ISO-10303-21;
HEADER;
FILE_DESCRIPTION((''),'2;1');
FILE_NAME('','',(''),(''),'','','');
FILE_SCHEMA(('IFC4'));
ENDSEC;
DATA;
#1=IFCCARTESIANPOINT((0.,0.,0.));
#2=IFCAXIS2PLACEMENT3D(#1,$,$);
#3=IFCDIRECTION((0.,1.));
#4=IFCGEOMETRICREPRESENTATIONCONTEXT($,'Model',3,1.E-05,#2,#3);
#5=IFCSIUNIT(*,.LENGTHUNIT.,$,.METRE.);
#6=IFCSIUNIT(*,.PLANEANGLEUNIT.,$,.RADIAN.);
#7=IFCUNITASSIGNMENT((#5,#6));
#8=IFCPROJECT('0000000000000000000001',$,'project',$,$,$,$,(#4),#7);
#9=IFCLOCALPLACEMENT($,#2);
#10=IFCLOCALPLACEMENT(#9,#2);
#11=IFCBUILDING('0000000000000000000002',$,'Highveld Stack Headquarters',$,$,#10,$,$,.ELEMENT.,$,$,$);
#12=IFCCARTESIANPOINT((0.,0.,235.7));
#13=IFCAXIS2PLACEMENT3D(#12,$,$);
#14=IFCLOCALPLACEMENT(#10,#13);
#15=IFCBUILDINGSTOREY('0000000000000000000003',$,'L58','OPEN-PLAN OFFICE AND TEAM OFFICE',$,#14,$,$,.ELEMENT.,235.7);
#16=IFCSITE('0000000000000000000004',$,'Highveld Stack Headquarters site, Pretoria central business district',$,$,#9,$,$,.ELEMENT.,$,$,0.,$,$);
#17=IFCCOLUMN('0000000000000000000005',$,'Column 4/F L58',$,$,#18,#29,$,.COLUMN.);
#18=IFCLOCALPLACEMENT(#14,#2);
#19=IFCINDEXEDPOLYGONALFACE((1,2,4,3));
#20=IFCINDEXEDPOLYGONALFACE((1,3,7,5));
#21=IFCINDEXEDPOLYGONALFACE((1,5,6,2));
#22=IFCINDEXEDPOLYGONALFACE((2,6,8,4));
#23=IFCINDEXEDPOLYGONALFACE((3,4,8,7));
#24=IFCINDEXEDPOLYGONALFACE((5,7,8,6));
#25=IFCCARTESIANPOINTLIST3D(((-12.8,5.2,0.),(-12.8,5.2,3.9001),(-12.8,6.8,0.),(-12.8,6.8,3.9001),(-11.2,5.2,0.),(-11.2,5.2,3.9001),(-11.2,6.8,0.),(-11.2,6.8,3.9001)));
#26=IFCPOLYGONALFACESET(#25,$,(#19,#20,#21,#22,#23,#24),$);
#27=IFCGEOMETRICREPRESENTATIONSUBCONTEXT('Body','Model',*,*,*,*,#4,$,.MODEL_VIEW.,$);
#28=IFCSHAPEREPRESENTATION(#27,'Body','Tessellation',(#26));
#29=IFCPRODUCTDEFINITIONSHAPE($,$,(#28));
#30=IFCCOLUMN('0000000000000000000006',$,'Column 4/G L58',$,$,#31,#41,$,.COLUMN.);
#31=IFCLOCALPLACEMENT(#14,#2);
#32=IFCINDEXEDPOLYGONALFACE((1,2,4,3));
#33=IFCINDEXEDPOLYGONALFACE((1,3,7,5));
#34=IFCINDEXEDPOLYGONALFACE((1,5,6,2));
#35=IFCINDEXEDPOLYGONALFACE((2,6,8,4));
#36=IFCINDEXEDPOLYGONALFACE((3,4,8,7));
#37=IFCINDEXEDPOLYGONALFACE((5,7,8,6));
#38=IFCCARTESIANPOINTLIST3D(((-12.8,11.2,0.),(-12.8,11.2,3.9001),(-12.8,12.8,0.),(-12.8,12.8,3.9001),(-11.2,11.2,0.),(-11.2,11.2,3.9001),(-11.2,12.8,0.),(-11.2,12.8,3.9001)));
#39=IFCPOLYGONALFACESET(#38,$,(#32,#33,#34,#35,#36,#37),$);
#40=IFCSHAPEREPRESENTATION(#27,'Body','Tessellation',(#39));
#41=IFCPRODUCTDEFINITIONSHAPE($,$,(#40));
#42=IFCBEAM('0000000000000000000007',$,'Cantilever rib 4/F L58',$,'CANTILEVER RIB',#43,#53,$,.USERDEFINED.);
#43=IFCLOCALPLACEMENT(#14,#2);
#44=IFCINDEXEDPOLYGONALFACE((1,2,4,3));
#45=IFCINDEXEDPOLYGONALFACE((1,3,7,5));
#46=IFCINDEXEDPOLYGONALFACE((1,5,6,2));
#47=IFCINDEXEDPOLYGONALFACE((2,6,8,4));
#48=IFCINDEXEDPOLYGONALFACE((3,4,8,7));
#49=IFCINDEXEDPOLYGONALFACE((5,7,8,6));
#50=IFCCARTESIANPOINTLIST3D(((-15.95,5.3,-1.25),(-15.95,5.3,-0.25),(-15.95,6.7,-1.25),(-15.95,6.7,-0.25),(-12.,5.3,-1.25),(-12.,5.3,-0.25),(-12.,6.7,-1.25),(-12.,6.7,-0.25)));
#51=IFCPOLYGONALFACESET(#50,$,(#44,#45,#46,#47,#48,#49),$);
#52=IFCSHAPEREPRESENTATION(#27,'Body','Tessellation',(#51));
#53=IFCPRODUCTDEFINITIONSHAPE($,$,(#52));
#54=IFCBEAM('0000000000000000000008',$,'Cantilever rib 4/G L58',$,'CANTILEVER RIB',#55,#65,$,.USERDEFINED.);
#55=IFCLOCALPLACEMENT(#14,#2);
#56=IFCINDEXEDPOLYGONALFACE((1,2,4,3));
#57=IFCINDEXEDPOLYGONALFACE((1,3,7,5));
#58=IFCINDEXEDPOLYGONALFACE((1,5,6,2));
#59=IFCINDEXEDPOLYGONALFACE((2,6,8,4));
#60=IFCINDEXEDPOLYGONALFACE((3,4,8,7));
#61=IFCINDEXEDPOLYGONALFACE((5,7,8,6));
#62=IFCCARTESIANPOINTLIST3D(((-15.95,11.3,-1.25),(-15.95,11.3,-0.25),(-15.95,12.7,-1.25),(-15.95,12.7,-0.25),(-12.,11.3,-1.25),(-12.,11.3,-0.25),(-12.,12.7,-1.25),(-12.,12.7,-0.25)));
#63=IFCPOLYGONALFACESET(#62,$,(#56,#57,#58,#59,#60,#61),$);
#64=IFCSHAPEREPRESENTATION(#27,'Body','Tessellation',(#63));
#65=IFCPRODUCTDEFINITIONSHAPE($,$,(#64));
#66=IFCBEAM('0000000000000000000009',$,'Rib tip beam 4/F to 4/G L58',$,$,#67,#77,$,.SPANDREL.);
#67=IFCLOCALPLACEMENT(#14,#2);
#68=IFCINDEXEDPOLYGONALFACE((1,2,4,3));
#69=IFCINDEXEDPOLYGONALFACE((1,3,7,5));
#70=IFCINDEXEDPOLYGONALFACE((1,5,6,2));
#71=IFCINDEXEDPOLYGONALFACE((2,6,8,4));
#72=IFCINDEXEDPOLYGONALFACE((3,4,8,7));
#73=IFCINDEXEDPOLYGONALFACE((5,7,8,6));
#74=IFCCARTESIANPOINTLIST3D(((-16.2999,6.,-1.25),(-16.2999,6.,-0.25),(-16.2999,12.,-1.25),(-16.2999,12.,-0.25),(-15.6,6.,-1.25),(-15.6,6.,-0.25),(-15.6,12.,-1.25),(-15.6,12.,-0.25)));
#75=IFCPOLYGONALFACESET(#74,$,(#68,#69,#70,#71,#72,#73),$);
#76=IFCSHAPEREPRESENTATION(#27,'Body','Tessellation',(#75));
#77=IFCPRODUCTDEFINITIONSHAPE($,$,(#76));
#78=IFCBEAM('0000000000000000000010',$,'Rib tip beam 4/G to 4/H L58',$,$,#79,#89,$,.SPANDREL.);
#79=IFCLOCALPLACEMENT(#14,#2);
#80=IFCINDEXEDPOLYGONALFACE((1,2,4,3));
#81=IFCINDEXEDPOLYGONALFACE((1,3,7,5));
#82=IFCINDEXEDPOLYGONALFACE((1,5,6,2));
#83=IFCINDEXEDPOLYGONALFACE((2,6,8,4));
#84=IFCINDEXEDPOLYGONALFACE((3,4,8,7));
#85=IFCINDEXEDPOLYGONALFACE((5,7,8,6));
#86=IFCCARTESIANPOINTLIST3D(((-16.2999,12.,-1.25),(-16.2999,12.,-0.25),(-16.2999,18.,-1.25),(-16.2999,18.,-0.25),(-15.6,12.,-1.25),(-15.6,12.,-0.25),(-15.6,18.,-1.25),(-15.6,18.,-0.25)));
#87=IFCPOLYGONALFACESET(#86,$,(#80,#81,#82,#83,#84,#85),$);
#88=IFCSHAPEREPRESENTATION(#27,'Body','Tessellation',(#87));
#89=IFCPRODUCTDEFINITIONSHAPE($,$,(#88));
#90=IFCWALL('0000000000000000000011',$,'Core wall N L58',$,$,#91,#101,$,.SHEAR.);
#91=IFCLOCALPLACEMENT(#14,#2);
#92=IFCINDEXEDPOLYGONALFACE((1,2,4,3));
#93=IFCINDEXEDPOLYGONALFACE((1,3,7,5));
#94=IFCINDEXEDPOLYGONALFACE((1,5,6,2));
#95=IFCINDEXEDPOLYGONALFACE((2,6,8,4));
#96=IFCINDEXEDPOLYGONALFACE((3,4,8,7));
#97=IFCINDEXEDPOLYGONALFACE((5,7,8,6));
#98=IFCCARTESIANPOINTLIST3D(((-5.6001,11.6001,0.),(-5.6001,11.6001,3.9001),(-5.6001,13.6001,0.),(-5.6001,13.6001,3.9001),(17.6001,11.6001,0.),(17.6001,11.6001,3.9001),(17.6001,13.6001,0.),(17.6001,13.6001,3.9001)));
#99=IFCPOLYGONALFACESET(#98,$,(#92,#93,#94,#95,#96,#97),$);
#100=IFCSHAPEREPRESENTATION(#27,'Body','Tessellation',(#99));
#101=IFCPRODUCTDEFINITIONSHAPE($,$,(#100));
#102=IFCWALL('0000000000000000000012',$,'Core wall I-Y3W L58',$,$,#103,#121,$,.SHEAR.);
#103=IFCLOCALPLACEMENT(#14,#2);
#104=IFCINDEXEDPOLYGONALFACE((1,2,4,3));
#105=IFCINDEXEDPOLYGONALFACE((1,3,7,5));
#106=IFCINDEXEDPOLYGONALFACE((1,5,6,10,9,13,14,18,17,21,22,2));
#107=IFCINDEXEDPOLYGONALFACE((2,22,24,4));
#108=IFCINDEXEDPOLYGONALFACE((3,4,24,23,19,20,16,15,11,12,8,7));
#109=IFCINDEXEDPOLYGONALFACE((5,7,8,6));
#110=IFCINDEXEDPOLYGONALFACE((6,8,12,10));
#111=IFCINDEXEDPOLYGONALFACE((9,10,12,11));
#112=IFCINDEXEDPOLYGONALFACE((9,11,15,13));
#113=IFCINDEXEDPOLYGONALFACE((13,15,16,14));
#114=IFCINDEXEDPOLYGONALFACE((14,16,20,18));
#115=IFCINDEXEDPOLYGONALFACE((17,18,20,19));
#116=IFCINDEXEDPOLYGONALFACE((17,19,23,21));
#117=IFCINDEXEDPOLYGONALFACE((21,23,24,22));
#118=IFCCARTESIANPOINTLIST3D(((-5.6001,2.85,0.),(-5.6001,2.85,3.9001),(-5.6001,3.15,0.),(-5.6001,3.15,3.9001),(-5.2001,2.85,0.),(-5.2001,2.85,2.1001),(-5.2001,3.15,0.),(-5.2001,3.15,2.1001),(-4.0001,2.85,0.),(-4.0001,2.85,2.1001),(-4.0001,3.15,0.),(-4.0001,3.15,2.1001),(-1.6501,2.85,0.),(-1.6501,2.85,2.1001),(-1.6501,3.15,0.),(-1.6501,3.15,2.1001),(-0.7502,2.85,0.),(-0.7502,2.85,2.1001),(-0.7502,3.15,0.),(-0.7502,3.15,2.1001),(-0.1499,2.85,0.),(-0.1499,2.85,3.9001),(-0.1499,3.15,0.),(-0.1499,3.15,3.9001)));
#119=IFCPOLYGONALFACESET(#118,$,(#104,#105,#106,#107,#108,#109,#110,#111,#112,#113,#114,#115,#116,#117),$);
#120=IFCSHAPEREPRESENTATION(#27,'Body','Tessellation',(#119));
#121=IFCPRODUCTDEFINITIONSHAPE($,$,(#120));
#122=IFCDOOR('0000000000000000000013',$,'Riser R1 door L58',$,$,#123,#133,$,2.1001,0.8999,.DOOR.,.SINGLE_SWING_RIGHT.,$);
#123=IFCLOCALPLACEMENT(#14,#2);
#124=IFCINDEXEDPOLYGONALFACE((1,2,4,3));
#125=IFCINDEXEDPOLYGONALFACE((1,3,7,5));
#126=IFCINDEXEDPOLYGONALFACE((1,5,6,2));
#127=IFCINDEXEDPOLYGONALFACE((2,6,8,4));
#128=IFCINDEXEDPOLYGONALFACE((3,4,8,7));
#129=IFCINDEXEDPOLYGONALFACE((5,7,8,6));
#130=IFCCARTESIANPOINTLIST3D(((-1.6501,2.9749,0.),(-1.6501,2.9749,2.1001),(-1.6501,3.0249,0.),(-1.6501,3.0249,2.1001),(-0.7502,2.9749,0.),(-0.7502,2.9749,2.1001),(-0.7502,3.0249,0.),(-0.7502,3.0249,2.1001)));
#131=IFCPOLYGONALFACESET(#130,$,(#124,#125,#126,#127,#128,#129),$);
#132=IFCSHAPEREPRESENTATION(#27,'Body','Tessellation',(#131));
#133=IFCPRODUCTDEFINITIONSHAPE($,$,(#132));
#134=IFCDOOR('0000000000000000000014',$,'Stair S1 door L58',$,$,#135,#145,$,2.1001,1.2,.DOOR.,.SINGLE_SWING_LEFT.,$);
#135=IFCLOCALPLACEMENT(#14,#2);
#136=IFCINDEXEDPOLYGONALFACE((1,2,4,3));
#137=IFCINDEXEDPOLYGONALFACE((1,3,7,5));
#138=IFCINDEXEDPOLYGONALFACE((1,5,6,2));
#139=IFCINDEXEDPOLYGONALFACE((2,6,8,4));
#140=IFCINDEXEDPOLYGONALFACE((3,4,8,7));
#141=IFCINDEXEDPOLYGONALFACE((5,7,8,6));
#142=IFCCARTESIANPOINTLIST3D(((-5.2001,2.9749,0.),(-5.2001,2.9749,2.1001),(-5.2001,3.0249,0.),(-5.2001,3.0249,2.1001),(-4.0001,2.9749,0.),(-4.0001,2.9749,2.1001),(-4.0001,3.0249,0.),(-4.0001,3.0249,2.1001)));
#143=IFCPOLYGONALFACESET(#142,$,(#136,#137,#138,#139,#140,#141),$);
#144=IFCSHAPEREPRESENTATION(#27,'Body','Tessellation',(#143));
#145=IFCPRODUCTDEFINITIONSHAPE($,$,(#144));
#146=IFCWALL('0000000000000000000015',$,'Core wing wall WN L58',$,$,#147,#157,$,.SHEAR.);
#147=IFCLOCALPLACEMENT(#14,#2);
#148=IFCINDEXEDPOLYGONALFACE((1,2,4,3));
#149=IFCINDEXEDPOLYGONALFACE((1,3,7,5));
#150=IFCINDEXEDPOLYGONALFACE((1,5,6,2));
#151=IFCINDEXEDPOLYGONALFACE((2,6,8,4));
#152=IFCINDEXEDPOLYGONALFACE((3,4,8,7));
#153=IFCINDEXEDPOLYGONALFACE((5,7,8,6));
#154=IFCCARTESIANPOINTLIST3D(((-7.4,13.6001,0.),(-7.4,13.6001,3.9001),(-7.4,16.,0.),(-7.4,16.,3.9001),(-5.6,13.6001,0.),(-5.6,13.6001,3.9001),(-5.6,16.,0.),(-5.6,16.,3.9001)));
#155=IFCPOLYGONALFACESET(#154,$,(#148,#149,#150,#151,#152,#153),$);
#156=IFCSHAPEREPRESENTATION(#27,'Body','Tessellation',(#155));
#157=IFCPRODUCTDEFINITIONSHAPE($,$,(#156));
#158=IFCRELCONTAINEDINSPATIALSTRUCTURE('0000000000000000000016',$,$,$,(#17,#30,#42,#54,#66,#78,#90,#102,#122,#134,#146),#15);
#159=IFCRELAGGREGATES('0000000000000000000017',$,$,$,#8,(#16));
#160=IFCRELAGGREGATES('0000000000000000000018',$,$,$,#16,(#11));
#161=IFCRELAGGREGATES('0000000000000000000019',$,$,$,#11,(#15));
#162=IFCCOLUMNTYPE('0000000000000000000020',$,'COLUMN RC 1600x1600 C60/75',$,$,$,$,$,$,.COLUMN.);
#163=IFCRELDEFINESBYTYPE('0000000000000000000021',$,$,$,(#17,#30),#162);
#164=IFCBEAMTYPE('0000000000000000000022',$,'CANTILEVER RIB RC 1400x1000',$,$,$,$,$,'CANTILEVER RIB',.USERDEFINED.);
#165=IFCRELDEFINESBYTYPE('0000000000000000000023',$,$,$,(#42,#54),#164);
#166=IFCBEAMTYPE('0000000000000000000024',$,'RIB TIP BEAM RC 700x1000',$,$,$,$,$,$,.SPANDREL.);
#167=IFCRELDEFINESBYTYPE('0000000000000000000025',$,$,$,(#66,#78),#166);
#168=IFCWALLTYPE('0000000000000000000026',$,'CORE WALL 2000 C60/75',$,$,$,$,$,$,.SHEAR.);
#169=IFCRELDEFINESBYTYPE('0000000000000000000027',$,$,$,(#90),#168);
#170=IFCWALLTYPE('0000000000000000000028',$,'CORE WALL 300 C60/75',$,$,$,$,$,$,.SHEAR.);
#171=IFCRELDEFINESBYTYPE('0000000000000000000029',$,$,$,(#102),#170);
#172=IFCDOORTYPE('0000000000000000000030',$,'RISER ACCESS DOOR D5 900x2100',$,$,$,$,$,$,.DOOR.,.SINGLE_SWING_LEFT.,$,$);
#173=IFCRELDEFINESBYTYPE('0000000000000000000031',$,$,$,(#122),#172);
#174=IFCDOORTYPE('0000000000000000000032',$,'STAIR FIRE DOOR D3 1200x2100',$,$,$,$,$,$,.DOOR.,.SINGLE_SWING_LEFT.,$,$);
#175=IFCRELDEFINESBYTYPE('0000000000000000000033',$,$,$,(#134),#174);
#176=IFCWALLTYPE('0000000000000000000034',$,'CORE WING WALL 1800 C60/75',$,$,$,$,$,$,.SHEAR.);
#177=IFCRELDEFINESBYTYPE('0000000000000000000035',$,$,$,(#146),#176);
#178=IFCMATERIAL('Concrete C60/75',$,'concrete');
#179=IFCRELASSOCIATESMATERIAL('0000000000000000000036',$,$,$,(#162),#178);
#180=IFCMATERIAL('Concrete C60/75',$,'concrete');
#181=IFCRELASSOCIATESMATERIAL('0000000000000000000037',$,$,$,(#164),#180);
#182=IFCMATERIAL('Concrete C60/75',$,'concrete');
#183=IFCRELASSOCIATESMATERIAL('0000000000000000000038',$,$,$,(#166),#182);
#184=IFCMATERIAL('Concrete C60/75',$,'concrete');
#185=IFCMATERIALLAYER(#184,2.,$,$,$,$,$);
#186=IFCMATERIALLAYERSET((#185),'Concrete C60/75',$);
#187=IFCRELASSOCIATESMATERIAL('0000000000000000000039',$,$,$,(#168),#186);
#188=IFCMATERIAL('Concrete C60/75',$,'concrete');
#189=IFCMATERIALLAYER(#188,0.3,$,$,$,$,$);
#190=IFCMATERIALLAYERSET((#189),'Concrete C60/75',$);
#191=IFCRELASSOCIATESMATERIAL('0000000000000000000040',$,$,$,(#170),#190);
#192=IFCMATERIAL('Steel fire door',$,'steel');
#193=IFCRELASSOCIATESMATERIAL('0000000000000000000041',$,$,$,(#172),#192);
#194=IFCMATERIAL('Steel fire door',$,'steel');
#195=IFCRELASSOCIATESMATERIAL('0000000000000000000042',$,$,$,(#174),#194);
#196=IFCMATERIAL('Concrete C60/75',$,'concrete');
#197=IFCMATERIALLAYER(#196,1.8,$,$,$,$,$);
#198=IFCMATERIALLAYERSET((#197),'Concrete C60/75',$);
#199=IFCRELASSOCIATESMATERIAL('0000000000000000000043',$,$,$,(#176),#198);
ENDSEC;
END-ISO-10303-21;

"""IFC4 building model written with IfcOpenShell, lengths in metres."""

from ifc_helpers import new_model, si_unit, direction, frame, frame_2d, origin, origin_2d, place, context, subcontext, project, spatial, rectangle, extrude, material, layer, layer_set, material_profile, profile_set, type_object, element, fill, save


model = new_model("IFC4")

# Units and contexts
model_context = context("Model", 3, precision=1e-05, world=origin(), true_north=direction((0.0, 1.0)))
body_context = subcontext(model_context, "Body", "Model", "MODEL_VIEW")
ifc_project = project(units=[si_unit("LENGTHUNIT", "METRE"), si_unit("PLANEANGLEUNIT", "RADIAN")], contexts=[model_context])

# Site, building, storey
site_placement = place(None, origin())
site = spatial("IfcSite", under=ifc_project, at=site_placement, Name="Highveld Stack Headquarters site, Pretoria central business district", CompositionType="ELEMENT", RefElevation=0.0)
building_placement = place(site_placement, origin())
building = spatial("IfcBuilding", under=site, at=building_placement, Name="Highveld Stack Headquarters", CompositionType="ELEMENT")
storey_placement = place(building_placement, frame((0.0, 0.0, 235.7)))
storey = spatial("IfcBuildingStorey", under=building, at=storey_placement, Name="L58", Description="OPEN-PLAN OFFICE AND TEAM OFFICE", CompositionType="ELEMENT", Elevation=235.7)

# Columns
ifc_material_1 = material(Name="Concrete C60/75", Category="concrete")
ifc_material_profile_1 = material_profile(ifc_material_1, rectangle(XDim=1.6001, YDim=1.6001, at=origin_2d()), Name="RC 1600x1600")
ifc_profile_set_1 = profile_set([ifc_material_profile_1], Name="Concrete C60/75")
column_type = type_object("IfcColumnType", Name="COLUMN RC 1600x1600 C60/75", PredefinedType="COLUMN", material=ifc_profile_set_1)
for number, where, z_axis, x_axis, name in (
    (1, (-12.0, 6.0, 0.0), (0.0, 0.0, 1.0), (1.0, 0.0, 0.0), "Column 4/F L58"),
    (2, (-12.0, 12.0, 0.0), (0.0, 0.0, 1.0), (1.0, 0.0, 0.0), "Column 4/G L58"),
):
    element("IfcColumn", number, at=place(storey_placement, frame(where, z_axis=z_axis, x_axis=x_axis)), inside=storey, type_object=column_type, Name=name, PredefinedType="COLUMN", context=body_context, shape_type="SweptSolid", body=[
        extrude(rectangle(XDim=1.6001, YDim=1.6001, at=origin_2d()), origin(), (0.0, 0.0, 1.0), 3.9001),
    ])

# Beams
ifc_material_2 = material(Name="Concrete C60/75", Category="concrete")
ifc_material_profile_2 = material_profile(ifc_material_2, rectangle(XDim=1.3999, YDim=1.0, at=origin_2d()), Name="RC 1400x1000")
ifc_profile_set_2 = profile_set([ifc_material_profile_2], Name="Concrete C60/75")
beam_type_1 = type_object("IfcBeamType", Name="CANTILEVER RIB RC 1400x1000", ElementType="CANTILEVER RIB", PredefinedType="USERDEFINED", material=ifc_profile_set_2)
for number, where, z_axis, x_axis, name in (
    (3, (-12.0, 6.0, -0.75), (-1.0, 0.0, 0.0), (0.0, -1.0, 0.0), "Cantilever rib 4/F L58"),
    (4, (-12.0, 12.0, -0.75), (-1.0, 0.0, 0.0), (0.0, -1.0, 0.0), "Cantilever rib 4/G L58"),
):
    element("IfcBeam", number, at=place(storey_placement, frame(where, z_axis=z_axis, x_axis=x_axis)), inside=storey, type_object=beam_type_1, Name=name, ObjectType="CANTILEVER RIB", PredefinedType="USERDEFINED", context=body_context, shape_type="SweptSolid", body=[
        extrude(rectangle(XDim=1.3999, YDim=1.0, at=origin_2d()), origin(), (0.0, 0.0, 1.0), 3.95),
    ])
ifc_material_3 = material(Name="Concrete C60/75", Category="concrete")
ifc_material_profile_3 = material_profile(ifc_material_3, rectangle(XDim=0.7, YDim=1.0, at=origin_2d()), Name="RC 700x1000")
ifc_profile_set_3 = profile_set([ifc_material_profile_3], Name="Concrete C60/75")
beam_type_2 = type_object("IfcBeamType", Name="RIB TIP BEAM RC 700x1000", PredefinedType="SPANDREL", material=ifc_profile_set_3)
for number, where, z_axis, x_axis, name in (
    (5, (-15.95, 6.0, -0.75), (0.0, 1.0, 0.0), (-1.0, 0.0, 0.0), "Rib tip beam 4/F to 4/G L58"),
    (6, (-15.95, 12.0, -0.75), (0.0, 1.0, 0.0), (-1.0, 0.0, 0.0), "Rib tip beam 4/G to 4/H L58"),
):
    element("IfcBeam", number, at=place(storey_placement, frame(where, z_axis=z_axis, x_axis=x_axis)), inside=storey, type_object=beam_type_2, Name=name, PredefinedType="SPANDREL", context=body_context, shape_type="SweptSolid", body=[
        extrude(rectangle(XDim=0.7, YDim=1.0, at=origin_2d()), origin(), (0.0, 0.0, 1.0), 6.0),
    ])

# Wall
ifc_material_4 = material(Name="Concrete C60/75", Category="concrete")
ifc_layer_1 = layer(ifc_material_4, 2.0)
ifc_layer_set_1 = layer_set([ifc_layer_1], Name="Concrete C60/75")
wall_type_1 = type_object("IfcWallType", Name="CORE WALL 2000 C60/75", PredefinedType="SHEAR", material=ifc_layer_set_1)
wall_1_placement = place(storey_placement, frame((-5.6001, 12.6001, 0.0), z_axis=(0.0, 0.0, 1.0), x_axis=(1.0, 0.0, 0.0)))
element("IfcWall", 7, at=wall_1_placement, inside=storey, type_object=wall_type_1, Name="Core wall N L58", PredefinedType="SHEAR", context=body_context, shape_type="SweptSolid", body=[
    extrude(rectangle(XDim=23.2002, YDim=2.0, at=frame_2d((11.6001, 0.0))), origin(), (0.0, 0.0, 1.0), 3.9001),
])

# Wall, openings, doors
ifc_material_5 = material(Name="Concrete C60/75", Category="concrete")
ifc_layer_2 = layer(ifc_material_5, 0.3)
ifc_layer_set_2 = layer_set([ifc_layer_2], Name="Concrete C60/75")
wall_type_2 = type_object("IfcWallType", Name="CORE WALL 300 C60/75", PredefinedType="SHEAR", material=ifc_layer_set_2)
wall_2_placement = place(storey_placement, frame((-5.6001, 3.0, 0.0), z_axis=(0.0, 0.0, 1.0), x_axis=(1.0, 0.0, 0.0)))
wall_2 = element("IfcWall", 8, at=wall_2_placement, inside=storey, type_object=wall_type_2, Name="Core wall I-Y3W L58", PredefinedType="SHEAR", context=body_context, shape_type="SweptSolid", body=[
    extrude(rectangle(XDim=5.4502, YDim=0.3, at=frame_2d((2.7251, 0.0))), origin(), (0.0, 0.0, 1.0), 3.9001),
])
opening_1_placement = place(wall_2_placement, frame((0.3999, 0.0, 0.0)))
opening_1 = element("IfcOpeningElement", 9, at=opening_1_placement, cuts=wall_2, PredefinedType="OPENING", context=body_context, shape_type="SweptSolid", body=[
    extrude(rectangle(XDim=1.2, YDim=2.1001, at=frame_2d((0.6001, 1.05))), frame((0.0, 0.1599, 0.0), z_axis=(0.0, -1.0, 0.0), x_axis=(1.0, 0.0, 0.0)), (0.0, 0.0, 1.0), 0.3201),
])
opening_2_placement = place(wall_2_placement, frame((3.95, 0.0, 0.0)))
opening_2 = element("IfcOpeningElement", 10, at=opening_2_placement, cuts=wall_2, PredefinedType="OPENING", context=body_context, shape_type="SweptSolid", body=[
    extrude(rectangle(XDim=0.8999, YDim=2.1001, at=frame_2d((0.45, 1.05))), frame((0.0, 0.1599, 0.0), z_axis=(0.0, -1.0, 0.0), x_axis=(1.0, 0.0, 0.0)), (0.0, 0.0, 1.0), 0.3201),
])
ifc_material_6 = material(Name="Steel fire door", Category="steel")
door_type_1 = type_object("IfcDoorType", Name="RISER ACCESS DOOR D5 900x2100", OperationType="SINGLE_SWING_LEFT", PredefinedType="DOOR", material=ifc_material_6)
door_1_placement = place(opening_2_placement, origin())
door_1 = element("IfcDoor", 11, at=door_1_placement, inside=storey, type_object=door_type_1, Name="Riser R1 door L58", OperationType="SINGLE_SWING_RIGHT", OverallHeight=2.1001, OverallWidth=0.8999, PredefinedType="DOOR", context=body_context, shape_type="SweptSolid", body=[
    extrude(rectangle(XDim=0.8999, YDim=2.1001, at=frame_2d((0.45, 1.05))), frame((0.0, 0.0249, 0.0), z_axis=(0.0, -1.0, 0.0), x_axis=(1.0, 0.0, 0.0)), (0.0, 0.0, 1.0), 0.05),
])
fill(opening_2, door_1)
ifc_material_7 = material(Name="Steel fire door", Category="steel")
door_type_2 = type_object("IfcDoorType", Name="STAIR FIRE DOOR D3 1200x2100", OperationType="SINGLE_SWING_LEFT", PredefinedType="DOOR", material=ifc_material_7)
door_2_placement = place(opening_1_placement, origin())
door_2 = element("IfcDoor", 12, at=door_2_placement, inside=storey, type_object=door_type_2, Name="Stair S1 door L58", OperationType="SINGLE_SWING_LEFT", OverallHeight=2.1001, OverallWidth=1.2, PredefinedType="DOOR", context=body_context, shape_type="SweptSolid", body=[
    extrude(rectangle(XDim=1.2, YDim=2.1001, at=frame_2d((0.6001, 1.05))), frame((0.0, 0.0249, 0.0), z_axis=(0.0, -1.0, 0.0), x_axis=(1.0, 0.0, 0.0)), (0.0, 0.0, 1.0), 0.05),
])
fill(opening_1, door_2)

# Wall
ifc_material_8 = material(Name="Concrete C60/75", Category="concrete")
ifc_layer_3 = layer(ifc_material_8, 1.8)
ifc_layer_set_3 = layer_set([ifc_layer_3], Name="Concrete C60/75")
wall_type_3 = type_object("IfcWallType", Name="CORE WING WALL 1800 C60/75", PredefinedType="SHEAR", material=ifc_layer_set_3)
wall_3_placement = place(storey_placement, frame((-6.5, 13.6001, 0.0), z_axis=(0.0, 0.0, 1.0), x_axis=(0.0, 1.0, 0.0)))
element("IfcWall", 13, at=wall_3_placement, inside=storey, type_object=wall_type_3, Name="Core wing wall WN L58", PredefinedType="SHEAR", context=body_context, shape_type="SweptSolid", body=[
    extrude(rectangle(XDim=2.3999, YDim=1.8, at=frame_2d((1.2, 0.0))), origin(), (0.0, 0.0, 1.0), 3.9001),
])

save(model, "model.ifc")
